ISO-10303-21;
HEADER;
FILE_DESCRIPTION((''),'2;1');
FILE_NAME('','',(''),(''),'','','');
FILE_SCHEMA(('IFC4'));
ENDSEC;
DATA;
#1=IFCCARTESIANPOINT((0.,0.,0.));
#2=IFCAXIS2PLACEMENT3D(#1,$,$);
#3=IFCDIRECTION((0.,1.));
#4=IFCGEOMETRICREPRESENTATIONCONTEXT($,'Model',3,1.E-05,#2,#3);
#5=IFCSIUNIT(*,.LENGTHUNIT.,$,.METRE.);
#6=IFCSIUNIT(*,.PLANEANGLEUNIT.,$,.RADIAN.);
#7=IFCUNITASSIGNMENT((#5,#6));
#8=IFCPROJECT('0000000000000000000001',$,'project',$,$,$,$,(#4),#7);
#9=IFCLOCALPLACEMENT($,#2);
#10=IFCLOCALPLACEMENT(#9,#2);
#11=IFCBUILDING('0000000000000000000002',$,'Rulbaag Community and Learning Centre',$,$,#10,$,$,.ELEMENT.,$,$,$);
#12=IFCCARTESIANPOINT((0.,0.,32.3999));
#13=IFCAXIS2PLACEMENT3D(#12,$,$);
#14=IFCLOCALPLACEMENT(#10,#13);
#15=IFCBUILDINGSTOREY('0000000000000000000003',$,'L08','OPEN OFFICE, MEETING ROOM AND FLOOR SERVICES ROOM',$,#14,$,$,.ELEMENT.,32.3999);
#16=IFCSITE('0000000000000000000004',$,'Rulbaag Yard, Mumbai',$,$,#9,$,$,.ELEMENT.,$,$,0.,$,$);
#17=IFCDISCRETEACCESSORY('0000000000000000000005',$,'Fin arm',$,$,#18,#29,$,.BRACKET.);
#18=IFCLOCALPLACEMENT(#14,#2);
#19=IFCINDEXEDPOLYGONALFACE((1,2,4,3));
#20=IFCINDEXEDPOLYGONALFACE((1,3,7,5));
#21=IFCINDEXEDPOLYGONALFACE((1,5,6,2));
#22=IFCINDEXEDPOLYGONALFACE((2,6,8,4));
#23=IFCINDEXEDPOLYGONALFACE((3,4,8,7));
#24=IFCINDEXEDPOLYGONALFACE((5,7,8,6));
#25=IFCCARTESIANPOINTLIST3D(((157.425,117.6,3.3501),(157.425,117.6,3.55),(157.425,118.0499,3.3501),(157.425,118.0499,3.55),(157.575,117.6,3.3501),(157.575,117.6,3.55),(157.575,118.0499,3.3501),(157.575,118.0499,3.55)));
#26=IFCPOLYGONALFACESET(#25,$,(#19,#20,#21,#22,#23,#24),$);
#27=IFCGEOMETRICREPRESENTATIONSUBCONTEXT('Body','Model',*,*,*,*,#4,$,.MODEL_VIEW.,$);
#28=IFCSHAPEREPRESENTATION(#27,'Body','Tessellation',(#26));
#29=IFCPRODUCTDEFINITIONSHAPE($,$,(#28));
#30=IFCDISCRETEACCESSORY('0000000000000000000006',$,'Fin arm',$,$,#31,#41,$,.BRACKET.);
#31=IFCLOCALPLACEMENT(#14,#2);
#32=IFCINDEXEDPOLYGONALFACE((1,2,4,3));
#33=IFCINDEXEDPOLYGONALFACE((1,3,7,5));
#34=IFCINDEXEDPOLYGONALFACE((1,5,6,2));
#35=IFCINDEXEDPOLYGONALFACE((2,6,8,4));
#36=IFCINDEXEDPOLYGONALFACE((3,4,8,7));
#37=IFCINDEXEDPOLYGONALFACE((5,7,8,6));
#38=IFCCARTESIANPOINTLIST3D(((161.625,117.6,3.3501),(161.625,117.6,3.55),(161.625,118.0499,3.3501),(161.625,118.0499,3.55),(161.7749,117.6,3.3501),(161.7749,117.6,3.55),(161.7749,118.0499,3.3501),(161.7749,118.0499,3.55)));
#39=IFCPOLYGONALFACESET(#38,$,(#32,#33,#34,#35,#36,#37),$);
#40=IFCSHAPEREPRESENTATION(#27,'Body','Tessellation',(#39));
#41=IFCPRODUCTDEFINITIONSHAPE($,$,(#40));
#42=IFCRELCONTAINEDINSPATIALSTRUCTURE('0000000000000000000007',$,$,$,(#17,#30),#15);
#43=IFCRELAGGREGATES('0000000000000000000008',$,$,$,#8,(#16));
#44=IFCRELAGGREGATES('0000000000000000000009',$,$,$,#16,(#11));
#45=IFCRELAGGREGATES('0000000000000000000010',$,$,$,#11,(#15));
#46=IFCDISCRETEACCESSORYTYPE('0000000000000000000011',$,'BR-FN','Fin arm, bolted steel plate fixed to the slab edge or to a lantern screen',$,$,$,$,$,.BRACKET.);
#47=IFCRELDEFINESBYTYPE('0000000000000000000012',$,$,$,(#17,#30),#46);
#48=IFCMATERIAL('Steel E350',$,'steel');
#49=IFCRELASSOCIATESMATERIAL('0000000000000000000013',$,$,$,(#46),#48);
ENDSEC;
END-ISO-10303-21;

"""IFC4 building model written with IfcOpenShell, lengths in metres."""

from ifc_helpers import new_model, si_unit, direction, frame, origin, origin_2d, place, context, subcontext, project, spatial, rectangle, extrude, material, type_object, element, save


model = new_model("IFC4")

# Units and contexts
model_context = context("Model", 3, precision=1e-05, world=origin(), true_north=direction((0.0, 1.0)))
body_context = subcontext(model_context, "Body", "Model", "MODEL_VIEW")
ifc_project = project(units=[si_unit("LENGTHUNIT", "METRE"), si_unit("PLANEANGLEUNIT", "RADIAN")], contexts=[model_context])

# Site, building, storey
site_placement = place(None, origin())
site = spatial("IfcSite", under=ifc_project, at=site_placement, Name="Rulbaag Yard, Mumbai", CompositionType="ELEMENT", RefElevation=0.0)
building_placement = place(site_placement, origin())
building = spatial("IfcBuilding", under=site, at=building_placement, Name="Rulbaag Community and Learning Centre", CompositionType="ELEMENT")
storey_placement = place(building_placement, frame((0.0, 0.0, 32.3999)))
storey = spatial("IfcBuildingStorey", under=building, at=storey_placement, Name="L08", Description="OPEN OFFICE, MEETING ROOM AND FLOOR SERVICES ROOM", CompositionType="ELEMENT", Elevation=32.3999)

# Discrete accessories
ifc_material_1 = material(Name="Steel E350", Category="steel")
discrete_accessory_type = type_object("IfcDiscreteAccessoryType", Name="BR-FN", Description="Fin arm, bolted steel plate fixed to the slab edge or to a lantern screen", PredefinedType="BRACKET", material=ifc_material_1)
for number, where, z_axis, x_axis, name in (
    (1, (157.5, 117.825, 3.3501), (0.0, 0.0, 1.0), (1.0, 0.0, 0.0), "Fin arm"),
    (2, (161.7, 117.825, 3.3501), (0.0, 0.0, 1.0), (1.0, 0.0, 0.0), "Fin arm"),
):
    element("IfcDiscreteAccessory", number, at=place(storey_placement, frame(where, z_axis=z_axis, x_axis=x_axis)), inside=storey, type_object=discrete_accessory_type, Name=name, PredefinedType="BRACKET", context=body_context, shape_type="SweptSolid", body=[
        extrude(rectangle(XDim=0.1499, YDim=0.45, at=origin_2d()), origin(), (0.0, 0.0, 1.0), 0.2),
    ])

save(model, "model.ifc")
